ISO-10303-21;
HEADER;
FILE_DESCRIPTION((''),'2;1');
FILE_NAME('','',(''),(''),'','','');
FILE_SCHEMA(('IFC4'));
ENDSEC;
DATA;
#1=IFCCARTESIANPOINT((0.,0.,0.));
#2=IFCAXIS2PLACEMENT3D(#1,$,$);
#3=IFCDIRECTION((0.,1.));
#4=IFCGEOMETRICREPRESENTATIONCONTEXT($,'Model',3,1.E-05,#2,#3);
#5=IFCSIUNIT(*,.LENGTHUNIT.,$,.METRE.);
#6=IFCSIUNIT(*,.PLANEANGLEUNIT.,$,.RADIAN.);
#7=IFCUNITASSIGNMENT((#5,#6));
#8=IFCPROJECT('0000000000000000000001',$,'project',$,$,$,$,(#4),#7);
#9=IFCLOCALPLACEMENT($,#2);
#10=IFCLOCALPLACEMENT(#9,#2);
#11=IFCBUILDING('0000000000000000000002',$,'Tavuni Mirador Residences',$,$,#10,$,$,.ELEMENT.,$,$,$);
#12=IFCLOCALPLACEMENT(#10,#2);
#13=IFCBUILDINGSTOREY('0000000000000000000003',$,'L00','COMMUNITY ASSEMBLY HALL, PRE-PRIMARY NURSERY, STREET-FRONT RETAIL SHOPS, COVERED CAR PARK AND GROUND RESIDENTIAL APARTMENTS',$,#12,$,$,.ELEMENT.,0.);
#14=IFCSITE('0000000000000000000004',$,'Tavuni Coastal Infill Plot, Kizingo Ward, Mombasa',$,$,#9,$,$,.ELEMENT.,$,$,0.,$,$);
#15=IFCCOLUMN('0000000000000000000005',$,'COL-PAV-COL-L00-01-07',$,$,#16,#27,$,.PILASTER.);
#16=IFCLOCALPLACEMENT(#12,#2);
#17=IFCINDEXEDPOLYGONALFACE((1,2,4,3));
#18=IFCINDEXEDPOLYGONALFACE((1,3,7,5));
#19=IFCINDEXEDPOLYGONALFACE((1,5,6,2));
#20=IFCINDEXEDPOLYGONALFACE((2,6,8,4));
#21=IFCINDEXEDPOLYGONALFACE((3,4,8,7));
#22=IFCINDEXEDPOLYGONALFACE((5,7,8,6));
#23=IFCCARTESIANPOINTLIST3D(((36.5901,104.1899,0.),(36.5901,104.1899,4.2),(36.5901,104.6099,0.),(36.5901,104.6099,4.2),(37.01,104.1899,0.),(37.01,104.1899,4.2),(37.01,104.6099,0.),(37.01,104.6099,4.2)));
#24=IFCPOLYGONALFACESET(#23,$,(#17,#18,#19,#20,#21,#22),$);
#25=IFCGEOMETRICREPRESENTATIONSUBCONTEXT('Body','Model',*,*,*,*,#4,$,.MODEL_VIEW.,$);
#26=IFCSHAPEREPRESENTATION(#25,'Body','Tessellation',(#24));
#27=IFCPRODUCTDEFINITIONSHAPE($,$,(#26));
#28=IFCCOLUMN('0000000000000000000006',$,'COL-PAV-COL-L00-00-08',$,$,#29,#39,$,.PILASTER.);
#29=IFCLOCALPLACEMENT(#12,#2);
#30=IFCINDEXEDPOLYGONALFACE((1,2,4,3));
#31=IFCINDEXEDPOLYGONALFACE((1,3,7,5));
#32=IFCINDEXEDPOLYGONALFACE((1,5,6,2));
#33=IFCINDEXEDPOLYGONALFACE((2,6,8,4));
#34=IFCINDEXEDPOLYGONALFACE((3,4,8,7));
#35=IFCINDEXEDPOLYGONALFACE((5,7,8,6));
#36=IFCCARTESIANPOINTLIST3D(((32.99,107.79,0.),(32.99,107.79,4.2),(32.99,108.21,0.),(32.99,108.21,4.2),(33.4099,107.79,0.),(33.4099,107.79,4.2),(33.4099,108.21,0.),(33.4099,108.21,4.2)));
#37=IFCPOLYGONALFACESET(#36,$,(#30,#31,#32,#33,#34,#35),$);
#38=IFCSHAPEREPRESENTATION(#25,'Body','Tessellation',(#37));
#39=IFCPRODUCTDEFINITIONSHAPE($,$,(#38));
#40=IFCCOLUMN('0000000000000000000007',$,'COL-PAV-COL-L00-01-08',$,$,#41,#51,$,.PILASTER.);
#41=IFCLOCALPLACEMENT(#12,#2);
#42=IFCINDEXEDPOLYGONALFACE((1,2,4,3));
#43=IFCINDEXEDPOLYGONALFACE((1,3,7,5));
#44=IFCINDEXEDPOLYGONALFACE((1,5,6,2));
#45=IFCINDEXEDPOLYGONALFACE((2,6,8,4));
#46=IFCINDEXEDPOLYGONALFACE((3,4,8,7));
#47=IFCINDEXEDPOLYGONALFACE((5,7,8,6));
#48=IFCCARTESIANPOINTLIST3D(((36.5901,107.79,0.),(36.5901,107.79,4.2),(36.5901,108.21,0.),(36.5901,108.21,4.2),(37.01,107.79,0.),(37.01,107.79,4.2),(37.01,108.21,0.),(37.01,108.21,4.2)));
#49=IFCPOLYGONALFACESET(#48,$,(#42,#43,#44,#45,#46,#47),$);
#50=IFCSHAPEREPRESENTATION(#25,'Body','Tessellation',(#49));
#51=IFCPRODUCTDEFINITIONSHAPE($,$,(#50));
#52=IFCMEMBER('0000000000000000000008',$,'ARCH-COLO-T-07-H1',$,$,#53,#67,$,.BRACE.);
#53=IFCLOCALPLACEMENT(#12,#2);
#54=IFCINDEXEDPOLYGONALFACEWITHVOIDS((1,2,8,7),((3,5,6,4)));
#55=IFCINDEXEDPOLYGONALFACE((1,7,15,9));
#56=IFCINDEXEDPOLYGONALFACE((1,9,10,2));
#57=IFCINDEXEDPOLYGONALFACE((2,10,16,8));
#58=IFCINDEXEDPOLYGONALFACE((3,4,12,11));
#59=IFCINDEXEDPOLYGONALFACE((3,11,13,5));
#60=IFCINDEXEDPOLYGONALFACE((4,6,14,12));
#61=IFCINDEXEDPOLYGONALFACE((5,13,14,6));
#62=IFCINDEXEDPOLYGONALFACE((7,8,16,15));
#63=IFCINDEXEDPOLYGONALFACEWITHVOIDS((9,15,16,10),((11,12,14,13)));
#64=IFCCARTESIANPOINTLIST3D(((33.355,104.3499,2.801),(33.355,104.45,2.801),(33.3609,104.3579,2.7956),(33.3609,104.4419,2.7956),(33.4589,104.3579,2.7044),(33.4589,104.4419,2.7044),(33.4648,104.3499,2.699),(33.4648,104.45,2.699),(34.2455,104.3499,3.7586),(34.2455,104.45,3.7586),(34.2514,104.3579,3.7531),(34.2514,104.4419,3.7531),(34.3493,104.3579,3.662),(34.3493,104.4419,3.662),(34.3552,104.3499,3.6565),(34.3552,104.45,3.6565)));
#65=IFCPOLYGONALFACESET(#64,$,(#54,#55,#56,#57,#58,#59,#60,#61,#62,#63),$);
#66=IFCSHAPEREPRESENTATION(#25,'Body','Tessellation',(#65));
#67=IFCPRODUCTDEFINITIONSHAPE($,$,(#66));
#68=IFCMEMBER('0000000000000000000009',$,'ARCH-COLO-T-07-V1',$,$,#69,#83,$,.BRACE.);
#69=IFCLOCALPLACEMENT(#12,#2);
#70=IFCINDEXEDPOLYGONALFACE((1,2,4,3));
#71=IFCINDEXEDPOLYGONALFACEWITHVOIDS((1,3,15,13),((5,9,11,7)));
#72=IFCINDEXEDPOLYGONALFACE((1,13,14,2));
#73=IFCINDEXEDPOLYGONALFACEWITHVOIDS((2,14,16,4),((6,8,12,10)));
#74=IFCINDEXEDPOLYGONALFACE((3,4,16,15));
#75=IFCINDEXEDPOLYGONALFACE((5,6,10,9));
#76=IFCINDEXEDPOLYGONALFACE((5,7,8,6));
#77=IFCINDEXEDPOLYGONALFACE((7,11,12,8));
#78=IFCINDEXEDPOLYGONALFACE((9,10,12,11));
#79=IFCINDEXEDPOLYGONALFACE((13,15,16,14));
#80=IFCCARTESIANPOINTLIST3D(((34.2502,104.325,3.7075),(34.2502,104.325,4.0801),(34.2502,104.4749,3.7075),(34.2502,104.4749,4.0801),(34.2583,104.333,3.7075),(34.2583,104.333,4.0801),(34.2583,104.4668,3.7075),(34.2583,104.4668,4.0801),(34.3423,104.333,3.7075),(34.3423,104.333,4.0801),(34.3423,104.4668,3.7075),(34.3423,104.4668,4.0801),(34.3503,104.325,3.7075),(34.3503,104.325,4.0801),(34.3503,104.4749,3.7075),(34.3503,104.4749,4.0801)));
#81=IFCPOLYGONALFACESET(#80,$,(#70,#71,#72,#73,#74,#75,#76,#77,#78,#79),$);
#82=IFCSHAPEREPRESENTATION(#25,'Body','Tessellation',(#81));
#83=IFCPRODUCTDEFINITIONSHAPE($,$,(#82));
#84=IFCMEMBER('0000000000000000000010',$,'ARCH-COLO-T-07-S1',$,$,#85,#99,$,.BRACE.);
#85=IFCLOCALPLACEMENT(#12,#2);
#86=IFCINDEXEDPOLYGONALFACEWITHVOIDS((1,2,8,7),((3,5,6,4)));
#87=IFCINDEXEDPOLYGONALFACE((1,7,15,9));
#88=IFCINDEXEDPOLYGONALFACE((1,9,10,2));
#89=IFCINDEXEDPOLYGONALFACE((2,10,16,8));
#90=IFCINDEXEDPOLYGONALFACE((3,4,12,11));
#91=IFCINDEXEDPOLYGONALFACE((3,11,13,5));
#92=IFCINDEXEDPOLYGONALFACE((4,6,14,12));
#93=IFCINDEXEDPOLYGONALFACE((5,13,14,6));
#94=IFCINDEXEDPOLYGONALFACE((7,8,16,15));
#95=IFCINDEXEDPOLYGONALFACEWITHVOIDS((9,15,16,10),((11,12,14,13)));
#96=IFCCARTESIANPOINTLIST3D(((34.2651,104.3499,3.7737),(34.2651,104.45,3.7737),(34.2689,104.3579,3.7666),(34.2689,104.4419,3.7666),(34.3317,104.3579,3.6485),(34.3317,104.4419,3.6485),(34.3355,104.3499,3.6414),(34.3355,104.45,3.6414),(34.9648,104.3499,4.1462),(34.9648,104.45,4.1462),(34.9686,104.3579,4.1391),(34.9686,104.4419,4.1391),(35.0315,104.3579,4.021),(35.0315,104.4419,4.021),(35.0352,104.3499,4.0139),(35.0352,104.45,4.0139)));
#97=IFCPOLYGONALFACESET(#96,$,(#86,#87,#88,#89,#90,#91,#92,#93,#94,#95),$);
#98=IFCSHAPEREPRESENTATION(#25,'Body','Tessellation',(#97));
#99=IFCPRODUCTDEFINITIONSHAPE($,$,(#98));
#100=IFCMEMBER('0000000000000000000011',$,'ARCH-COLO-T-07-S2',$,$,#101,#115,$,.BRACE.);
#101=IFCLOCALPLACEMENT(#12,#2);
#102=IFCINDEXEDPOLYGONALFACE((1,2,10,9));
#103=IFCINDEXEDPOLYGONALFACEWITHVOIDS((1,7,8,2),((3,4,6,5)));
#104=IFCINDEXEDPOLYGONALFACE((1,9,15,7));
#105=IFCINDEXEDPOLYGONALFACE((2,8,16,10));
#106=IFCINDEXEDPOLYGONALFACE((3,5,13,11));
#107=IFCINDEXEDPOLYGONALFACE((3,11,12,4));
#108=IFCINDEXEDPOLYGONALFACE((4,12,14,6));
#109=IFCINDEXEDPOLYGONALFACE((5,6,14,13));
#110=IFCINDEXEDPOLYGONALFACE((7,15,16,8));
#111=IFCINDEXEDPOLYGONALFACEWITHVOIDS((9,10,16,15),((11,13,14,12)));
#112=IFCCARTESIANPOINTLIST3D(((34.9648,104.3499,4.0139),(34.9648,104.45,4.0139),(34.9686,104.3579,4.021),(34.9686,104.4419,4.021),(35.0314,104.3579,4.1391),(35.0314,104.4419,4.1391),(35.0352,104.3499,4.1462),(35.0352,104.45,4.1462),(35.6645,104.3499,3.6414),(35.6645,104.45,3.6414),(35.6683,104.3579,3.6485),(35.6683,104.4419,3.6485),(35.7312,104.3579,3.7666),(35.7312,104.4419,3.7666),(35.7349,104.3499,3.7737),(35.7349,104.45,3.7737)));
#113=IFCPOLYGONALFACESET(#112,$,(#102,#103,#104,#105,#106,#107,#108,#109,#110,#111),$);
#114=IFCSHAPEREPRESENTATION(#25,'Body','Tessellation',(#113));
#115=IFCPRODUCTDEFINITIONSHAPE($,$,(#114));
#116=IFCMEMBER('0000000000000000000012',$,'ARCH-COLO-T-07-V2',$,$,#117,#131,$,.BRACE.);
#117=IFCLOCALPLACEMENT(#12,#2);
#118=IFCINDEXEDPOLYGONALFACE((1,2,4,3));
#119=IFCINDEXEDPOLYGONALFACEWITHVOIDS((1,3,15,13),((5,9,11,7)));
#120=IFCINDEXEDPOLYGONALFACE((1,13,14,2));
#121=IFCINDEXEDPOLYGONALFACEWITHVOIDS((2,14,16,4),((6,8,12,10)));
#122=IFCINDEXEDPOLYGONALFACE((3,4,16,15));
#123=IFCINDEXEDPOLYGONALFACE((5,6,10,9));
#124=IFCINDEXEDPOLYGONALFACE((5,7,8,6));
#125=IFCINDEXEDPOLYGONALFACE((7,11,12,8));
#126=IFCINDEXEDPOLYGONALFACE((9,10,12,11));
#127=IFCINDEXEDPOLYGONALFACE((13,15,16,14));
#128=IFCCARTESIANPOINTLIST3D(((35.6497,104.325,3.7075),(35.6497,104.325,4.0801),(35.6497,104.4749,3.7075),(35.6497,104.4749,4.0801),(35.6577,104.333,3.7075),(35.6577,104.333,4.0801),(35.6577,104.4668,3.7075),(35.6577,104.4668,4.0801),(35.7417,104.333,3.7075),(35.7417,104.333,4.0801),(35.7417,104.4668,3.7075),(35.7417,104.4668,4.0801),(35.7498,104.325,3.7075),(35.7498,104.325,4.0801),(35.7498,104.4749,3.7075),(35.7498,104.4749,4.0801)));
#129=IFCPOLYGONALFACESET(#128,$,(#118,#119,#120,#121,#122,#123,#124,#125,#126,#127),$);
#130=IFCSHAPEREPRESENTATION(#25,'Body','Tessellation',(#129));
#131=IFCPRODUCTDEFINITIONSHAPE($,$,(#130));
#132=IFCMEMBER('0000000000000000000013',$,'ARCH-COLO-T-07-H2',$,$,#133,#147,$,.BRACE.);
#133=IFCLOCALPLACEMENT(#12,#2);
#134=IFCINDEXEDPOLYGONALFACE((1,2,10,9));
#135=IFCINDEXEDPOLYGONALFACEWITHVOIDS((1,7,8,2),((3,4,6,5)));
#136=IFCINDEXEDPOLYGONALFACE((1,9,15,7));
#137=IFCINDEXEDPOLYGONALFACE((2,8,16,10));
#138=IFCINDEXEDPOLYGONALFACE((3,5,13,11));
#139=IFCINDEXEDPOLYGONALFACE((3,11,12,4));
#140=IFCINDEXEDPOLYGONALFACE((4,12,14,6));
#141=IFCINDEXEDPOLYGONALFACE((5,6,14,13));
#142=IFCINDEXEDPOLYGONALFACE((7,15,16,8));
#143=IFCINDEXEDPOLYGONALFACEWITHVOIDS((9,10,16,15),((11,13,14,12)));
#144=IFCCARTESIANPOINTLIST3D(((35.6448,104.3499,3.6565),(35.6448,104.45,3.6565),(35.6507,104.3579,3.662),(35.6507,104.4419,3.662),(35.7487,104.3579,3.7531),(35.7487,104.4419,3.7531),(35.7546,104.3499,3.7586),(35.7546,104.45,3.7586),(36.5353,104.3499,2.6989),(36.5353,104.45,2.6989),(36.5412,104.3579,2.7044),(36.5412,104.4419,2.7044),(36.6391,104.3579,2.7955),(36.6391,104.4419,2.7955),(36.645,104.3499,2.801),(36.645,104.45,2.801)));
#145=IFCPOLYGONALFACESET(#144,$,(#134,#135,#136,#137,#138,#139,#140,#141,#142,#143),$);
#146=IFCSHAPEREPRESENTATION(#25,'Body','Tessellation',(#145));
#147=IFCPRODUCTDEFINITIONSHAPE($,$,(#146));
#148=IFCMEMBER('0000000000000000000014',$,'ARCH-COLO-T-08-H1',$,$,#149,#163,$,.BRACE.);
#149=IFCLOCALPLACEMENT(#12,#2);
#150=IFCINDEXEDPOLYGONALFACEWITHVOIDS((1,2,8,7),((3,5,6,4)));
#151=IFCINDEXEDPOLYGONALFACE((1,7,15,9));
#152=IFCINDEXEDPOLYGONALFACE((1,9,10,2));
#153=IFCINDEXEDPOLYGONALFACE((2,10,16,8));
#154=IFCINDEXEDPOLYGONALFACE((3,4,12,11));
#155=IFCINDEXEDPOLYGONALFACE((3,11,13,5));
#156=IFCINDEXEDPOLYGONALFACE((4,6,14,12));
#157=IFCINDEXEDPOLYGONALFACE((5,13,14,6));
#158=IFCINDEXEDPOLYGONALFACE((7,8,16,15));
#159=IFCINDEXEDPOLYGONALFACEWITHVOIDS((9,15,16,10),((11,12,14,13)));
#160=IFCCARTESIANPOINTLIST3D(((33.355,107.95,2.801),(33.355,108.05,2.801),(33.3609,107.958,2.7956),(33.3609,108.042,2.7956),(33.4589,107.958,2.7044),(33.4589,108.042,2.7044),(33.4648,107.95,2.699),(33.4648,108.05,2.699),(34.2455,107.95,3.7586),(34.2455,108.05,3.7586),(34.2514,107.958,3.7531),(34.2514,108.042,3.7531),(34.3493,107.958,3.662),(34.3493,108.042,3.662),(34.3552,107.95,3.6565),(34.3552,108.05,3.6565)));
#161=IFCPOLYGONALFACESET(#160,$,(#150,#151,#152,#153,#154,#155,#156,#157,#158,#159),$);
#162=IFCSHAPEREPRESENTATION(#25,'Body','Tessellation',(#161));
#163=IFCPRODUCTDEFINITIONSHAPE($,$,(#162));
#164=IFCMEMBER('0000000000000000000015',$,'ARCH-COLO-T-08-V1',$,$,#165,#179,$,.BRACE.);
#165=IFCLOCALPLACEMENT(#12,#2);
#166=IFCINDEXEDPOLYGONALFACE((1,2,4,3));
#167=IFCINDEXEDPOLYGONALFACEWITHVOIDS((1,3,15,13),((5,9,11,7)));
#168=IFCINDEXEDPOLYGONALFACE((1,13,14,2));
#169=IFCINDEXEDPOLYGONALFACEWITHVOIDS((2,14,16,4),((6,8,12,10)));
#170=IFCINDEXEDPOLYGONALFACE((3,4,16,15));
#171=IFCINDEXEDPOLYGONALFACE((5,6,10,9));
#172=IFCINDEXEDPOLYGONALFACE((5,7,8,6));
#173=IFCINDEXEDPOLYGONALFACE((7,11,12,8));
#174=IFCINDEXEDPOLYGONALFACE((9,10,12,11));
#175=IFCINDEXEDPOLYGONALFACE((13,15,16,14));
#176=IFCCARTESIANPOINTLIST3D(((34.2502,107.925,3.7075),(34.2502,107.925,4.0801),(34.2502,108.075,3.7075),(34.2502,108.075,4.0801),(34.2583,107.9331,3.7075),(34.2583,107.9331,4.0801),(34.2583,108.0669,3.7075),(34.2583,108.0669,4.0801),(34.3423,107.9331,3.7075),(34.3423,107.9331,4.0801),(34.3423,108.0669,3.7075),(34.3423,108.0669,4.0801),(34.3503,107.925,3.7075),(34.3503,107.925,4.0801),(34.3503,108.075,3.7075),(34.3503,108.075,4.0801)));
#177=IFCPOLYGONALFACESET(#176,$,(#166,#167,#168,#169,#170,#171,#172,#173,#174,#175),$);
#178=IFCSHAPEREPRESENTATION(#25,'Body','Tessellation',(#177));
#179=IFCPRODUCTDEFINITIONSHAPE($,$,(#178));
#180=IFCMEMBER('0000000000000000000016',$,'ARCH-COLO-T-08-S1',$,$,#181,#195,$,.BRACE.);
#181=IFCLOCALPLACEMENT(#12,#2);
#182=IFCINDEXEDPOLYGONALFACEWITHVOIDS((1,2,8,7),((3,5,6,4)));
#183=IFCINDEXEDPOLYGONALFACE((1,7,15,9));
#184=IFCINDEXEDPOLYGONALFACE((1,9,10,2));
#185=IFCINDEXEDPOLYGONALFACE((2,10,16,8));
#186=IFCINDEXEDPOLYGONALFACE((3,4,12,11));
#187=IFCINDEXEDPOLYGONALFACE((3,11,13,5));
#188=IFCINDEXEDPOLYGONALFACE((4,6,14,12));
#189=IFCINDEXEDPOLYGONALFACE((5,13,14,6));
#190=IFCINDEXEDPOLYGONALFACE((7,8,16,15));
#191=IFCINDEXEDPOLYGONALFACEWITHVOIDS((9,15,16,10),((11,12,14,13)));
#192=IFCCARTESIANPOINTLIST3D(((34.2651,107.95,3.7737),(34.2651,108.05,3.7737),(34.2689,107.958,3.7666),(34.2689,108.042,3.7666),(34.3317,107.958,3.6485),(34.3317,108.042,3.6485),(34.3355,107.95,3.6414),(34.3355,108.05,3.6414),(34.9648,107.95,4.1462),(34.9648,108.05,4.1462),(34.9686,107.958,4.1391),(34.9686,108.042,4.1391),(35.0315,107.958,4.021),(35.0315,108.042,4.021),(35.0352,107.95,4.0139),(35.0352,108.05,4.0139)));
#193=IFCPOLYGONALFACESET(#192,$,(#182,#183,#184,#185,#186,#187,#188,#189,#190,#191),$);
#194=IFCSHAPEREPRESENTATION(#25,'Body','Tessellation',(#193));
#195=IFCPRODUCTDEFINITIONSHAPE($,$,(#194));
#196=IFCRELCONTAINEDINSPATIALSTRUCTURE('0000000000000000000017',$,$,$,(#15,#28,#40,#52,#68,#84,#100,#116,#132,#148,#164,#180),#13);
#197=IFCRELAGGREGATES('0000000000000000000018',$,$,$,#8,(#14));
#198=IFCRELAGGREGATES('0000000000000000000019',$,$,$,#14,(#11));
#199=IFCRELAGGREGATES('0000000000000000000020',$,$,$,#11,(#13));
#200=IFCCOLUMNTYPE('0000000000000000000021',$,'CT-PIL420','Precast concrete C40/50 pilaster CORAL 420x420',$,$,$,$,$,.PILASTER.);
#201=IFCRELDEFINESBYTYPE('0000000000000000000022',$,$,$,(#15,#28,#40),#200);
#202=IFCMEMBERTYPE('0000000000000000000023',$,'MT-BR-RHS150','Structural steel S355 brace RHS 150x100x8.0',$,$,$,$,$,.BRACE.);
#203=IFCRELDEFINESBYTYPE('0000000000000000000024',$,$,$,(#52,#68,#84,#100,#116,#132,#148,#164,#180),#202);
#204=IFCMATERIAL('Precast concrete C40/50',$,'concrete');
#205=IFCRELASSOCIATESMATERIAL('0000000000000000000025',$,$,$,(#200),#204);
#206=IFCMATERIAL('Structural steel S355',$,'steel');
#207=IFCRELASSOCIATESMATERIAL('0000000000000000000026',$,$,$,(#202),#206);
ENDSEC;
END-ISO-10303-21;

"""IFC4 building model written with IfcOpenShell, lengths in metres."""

from ifc_helpers import new_model, si_unit, direction, frame, origin, origin_2d, place, context, subcontext, project, spatial, rectangle, hollow_rectangle, extrude, material, material_profile, profile_set, type_object, element, save


model = new_model("IFC4")

# Units and contexts
model_context = context("Model", 3, precision=1e-05, world=origin(), true_north=direction((0.0, 1.0)))
body_context = subcontext(model_context, "Body", "Model", "MODEL_VIEW")
ifc_project = project(units=[si_unit("LENGTHUNIT", "METRE"), si_unit("PLANEANGLEUNIT", "RADIAN")], contexts=[model_context])

# Site, building, storey
site_placement = place(None, origin())
site = spatial("IfcSite", under=ifc_project, at=site_placement, Name="Tavuni Coastal Infill Plot, Kizingo Ward, Mombasa", CompositionType="ELEMENT", RefElevation=0.0)
building_placement = place(site_placement, origin())
building = spatial("IfcBuilding", under=site, at=building_placement, Name="Tavuni Mirador Residences", CompositionType="ELEMENT")
storey_placement = place(building_placement, origin())
storey = spatial("IfcBuildingStorey", under=building, at=storey_placement, Name="L00", Description="COMMUNITY ASSEMBLY HALL, PRE-PRIMARY NURSERY, STREET-FRONT RETAIL SHOPS, COVERED CAR PARK AND GROUND RESIDENTIAL APARTMENTS", CompositionType="ELEMENT", Elevation=0.0)

# Columns
ifc_material_1 = material(Name="Precast concrete C40/50", Category="concrete")
ifc_material_profile_1 = material_profile(ifc_material_1, rectangle(XDim=0.4199, YDim=0.4199, at=origin_2d()), Name="CORAL 420x420", Category="concrete")
ifc_profile_set_1 = profile_set([ifc_material_profile_1], Name="Precast concrete C40/50")
column_type = type_object("IfcColumnType", Name="CT-PIL420", Description="Precast concrete C40/50 pilaster CORAL 420x420", PredefinedType="PILASTER", material=ifc_profile_set_1)
for number, where, z_axis, x_axis, name in (
    (1, (36.8, 104.3999, 0.0), (0.0, 0.0, 1.0), (1.0, 0.0, 0.0), "COL-PAV-COL-L00-01-07"),
    (2, (33.2, 108.0, 0.0), (0.0, 0.0, 1.0), (1.0, 0.0, 0.0), "COL-PAV-COL-L00-00-08"),
    (3, (36.8, 108.0, 0.0), (0.0, 0.0, 1.0), (1.0, 0.0, 0.0), "COL-PAV-COL-L00-01-08"),
):
    element("IfcColumn", number, at=place(storey_placement, frame(where, z_axis=z_axis, x_axis=x_axis)), inside=storey, type_object=column_type, Name=name, PredefinedType="PILASTER", context=body_context, shape_type="SweptSolid", body=[
        extrude(rectangle(XDim=0.4199, YDim=0.4199, at=origin_2d()), origin(), (0.0, 0.0, 1.0), 4.2),
    ])

# Members
ifc_material_2 = material(Name="Structural steel S355", Category="steel")
ifc_material_profile_2 = material_profile(ifc_material_2, hollow_rectangle(XDim=0.1001, YDim=0.1499, WallThickness=0.0081, at=origin_2d()), Name="RHS 150x100x8.0", Category="steel")
ifc_profile_set_2 = profile_set([ifc_material_profile_2], Name="Structural steel S355")
member_type_1 = type_object("IfcMemberType", Name="MT-BR-RHS150", Description="Structural steel S355 brace RHS 150x100x8.0", PredefinedType="BRACE", material=ifc_profile_set_2)
member_1_placement = place(storey_placement, frame((33.4099, 104.3999, 2.75), z_axis=(0.680967, 0.0, 0.732314), x_axis=(0.0, 1.0, 0.0)))
element("IfcMember", 4, at=member_1_placement, inside=storey, type_object=member_type_1, Name="ARCH-COLO-T-07-H1", PredefinedType="BRACE", context=body_context, shape_type="SweptSolid", body=[
    extrude(hollow_rectangle(XDim=0.1001, YDim=0.1499, WallThickness=0.0081, at=origin_2d()), origin(), (0.0, 0.0, 1.0), 1.3076),
])
member_2_placement = place(storey_placement, frame((34.3003, 104.3999, 3.7075), z_axis=(0.0, 0.0, 1.0), x_axis=(1.0, 0.0, 0.0)))
element("IfcMember", 5, at=member_2_placement, inside=storey, type_object=member_type_1, Name="ARCH-COLO-T-07-V1", PredefinedType="BRACE", context=body_context, shape_type="SweptSolid", body=[
    extrude(hollow_rectangle(XDim=0.1001, YDim=0.1499, WallThickness=0.0081, at=origin_2d()), origin(), (0.0, 0.0, 1.0), 0.3726),
])
for number, where, z_axis, x_axis, name in (
    (6, (34.3003, 104.3999, 3.7075), (0.882677, 0.0, 0.469981), (0.0, 1.0, 0.0), "ARCH-COLO-T-07-S1"),
    (7, (35.0, 104.3999, 4.0801), (0.882677, 0.0, -0.469981), (0.0, 1.0, 0.0), "ARCH-COLO-T-07-S2"),
):
    element("IfcMember", number, at=place(storey_placement, frame(where, z_axis=z_axis, x_axis=x_axis)), inside=storey, type_object=member_type_1, Name=name, PredefinedType="BRACE", context=body_context, shape_type="SweptSolid", body=[
        extrude(hollow_rectangle(XDim=0.1001, YDim=0.1499, WallThickness=0.0081, at=origin_2d()), origin(), (0.0, 0.0, 1.0), 0.7927),
    ])
member_3_placement = place(storey_placement, frame((35.6997, 104.3999, 3.7075), z_axis=(0.0, 0.0, 1.0), x_axis=(1.0, 0.0, 0.0)))
element("IfcMember", 8, at=member_3_placement, inside=storey, type_object=member_type_1, Name="ARCH-COLO-T-07-V2", PredefinedType="BRACE", context=body_context, shape_type="SweptSolid", body=[
    extrude(hollow_rectangle(XDim=0.1001, YDim=0.1499, WallThickness=0.0081, at=origin_2d()), origin(), (0.0, 0.0, 1.0), 0.3726),
])
for number, where, z_axis, x_axis, name in (
    (9, (35.6997, 104.3999, 3.7075), (0.680967, 0.0, -0.732314), (0.0, 1.0, 0.0), "ARCH-COLO-T-07-H2"),
    (10, (33.4099, 108.0, 2.75), (0.680967, 0.0, 0.732314), (0.0, 1.0, 0.0), "ARCH-COLO-T-08-H1"),
):
    element("IfcMember", number, at=place(storey_placement, frame(where, z_axis=z_axis, x_axis=x_axis)), inside=storey, type_object=member_type_1, Name=name, PredefinedType="BRACE", context=body_context, shape_type="SweptSolid", body=[
        extrude(hollow_rectangle(XDim=0.1001, YDim=0.1499, WallThickness=0.0081, at=origin_2d()), origin(), (0.0, 0.0, 1.0), 1.3076),
    ])
member_4_placement = place(storey_placement, frame((34.3003, 108.0, 3.7075), z_axis=(0.0, 0.0, 1.0), x_axis=(1.0, 0.0, 0.0)))
element("IfcMember", 11, at=member_4_placement, inside=storey, type_object=member_type_1, Name="ARCH-COLO-T-08-V1", PredefinedType="BRACE", context=body_context, shape_type="SweptSolid", body=[
    extrude(hollow_rectangle(XDim=0.1001, YDim=0.1499, WallThickness=0.0081, at=origin_2d()), origin(), (0.0, 0.0, 1.0), 0.3726),
])
for number, where, z_axis, x_axis, name in (
    (12, (34.3003, 108.0, 3.7075), (0.882677, 0.0, 0.469981), (0.0, 1.0, 0.0), "ARCH-COLO-T-08-S1"),
):
    element("IfcMember", number, at=place(storey_placement, frame(where, z_axis=z_axis, x_axis=x_axis)), inside=storey, type_object=member_type_1, Name=name, PredefinedType="BRACE", context=body_context, shape_type="SweptSolid", body=[
        extrude(hollow_rectangle(XDim=0.1001, YDim=0.1499, WallThickness=0.0081, at=origin_2d()), origin(), (0.0, 0.0, 1.0), 0.7927),
    ])

save(model, "model.ifc")
